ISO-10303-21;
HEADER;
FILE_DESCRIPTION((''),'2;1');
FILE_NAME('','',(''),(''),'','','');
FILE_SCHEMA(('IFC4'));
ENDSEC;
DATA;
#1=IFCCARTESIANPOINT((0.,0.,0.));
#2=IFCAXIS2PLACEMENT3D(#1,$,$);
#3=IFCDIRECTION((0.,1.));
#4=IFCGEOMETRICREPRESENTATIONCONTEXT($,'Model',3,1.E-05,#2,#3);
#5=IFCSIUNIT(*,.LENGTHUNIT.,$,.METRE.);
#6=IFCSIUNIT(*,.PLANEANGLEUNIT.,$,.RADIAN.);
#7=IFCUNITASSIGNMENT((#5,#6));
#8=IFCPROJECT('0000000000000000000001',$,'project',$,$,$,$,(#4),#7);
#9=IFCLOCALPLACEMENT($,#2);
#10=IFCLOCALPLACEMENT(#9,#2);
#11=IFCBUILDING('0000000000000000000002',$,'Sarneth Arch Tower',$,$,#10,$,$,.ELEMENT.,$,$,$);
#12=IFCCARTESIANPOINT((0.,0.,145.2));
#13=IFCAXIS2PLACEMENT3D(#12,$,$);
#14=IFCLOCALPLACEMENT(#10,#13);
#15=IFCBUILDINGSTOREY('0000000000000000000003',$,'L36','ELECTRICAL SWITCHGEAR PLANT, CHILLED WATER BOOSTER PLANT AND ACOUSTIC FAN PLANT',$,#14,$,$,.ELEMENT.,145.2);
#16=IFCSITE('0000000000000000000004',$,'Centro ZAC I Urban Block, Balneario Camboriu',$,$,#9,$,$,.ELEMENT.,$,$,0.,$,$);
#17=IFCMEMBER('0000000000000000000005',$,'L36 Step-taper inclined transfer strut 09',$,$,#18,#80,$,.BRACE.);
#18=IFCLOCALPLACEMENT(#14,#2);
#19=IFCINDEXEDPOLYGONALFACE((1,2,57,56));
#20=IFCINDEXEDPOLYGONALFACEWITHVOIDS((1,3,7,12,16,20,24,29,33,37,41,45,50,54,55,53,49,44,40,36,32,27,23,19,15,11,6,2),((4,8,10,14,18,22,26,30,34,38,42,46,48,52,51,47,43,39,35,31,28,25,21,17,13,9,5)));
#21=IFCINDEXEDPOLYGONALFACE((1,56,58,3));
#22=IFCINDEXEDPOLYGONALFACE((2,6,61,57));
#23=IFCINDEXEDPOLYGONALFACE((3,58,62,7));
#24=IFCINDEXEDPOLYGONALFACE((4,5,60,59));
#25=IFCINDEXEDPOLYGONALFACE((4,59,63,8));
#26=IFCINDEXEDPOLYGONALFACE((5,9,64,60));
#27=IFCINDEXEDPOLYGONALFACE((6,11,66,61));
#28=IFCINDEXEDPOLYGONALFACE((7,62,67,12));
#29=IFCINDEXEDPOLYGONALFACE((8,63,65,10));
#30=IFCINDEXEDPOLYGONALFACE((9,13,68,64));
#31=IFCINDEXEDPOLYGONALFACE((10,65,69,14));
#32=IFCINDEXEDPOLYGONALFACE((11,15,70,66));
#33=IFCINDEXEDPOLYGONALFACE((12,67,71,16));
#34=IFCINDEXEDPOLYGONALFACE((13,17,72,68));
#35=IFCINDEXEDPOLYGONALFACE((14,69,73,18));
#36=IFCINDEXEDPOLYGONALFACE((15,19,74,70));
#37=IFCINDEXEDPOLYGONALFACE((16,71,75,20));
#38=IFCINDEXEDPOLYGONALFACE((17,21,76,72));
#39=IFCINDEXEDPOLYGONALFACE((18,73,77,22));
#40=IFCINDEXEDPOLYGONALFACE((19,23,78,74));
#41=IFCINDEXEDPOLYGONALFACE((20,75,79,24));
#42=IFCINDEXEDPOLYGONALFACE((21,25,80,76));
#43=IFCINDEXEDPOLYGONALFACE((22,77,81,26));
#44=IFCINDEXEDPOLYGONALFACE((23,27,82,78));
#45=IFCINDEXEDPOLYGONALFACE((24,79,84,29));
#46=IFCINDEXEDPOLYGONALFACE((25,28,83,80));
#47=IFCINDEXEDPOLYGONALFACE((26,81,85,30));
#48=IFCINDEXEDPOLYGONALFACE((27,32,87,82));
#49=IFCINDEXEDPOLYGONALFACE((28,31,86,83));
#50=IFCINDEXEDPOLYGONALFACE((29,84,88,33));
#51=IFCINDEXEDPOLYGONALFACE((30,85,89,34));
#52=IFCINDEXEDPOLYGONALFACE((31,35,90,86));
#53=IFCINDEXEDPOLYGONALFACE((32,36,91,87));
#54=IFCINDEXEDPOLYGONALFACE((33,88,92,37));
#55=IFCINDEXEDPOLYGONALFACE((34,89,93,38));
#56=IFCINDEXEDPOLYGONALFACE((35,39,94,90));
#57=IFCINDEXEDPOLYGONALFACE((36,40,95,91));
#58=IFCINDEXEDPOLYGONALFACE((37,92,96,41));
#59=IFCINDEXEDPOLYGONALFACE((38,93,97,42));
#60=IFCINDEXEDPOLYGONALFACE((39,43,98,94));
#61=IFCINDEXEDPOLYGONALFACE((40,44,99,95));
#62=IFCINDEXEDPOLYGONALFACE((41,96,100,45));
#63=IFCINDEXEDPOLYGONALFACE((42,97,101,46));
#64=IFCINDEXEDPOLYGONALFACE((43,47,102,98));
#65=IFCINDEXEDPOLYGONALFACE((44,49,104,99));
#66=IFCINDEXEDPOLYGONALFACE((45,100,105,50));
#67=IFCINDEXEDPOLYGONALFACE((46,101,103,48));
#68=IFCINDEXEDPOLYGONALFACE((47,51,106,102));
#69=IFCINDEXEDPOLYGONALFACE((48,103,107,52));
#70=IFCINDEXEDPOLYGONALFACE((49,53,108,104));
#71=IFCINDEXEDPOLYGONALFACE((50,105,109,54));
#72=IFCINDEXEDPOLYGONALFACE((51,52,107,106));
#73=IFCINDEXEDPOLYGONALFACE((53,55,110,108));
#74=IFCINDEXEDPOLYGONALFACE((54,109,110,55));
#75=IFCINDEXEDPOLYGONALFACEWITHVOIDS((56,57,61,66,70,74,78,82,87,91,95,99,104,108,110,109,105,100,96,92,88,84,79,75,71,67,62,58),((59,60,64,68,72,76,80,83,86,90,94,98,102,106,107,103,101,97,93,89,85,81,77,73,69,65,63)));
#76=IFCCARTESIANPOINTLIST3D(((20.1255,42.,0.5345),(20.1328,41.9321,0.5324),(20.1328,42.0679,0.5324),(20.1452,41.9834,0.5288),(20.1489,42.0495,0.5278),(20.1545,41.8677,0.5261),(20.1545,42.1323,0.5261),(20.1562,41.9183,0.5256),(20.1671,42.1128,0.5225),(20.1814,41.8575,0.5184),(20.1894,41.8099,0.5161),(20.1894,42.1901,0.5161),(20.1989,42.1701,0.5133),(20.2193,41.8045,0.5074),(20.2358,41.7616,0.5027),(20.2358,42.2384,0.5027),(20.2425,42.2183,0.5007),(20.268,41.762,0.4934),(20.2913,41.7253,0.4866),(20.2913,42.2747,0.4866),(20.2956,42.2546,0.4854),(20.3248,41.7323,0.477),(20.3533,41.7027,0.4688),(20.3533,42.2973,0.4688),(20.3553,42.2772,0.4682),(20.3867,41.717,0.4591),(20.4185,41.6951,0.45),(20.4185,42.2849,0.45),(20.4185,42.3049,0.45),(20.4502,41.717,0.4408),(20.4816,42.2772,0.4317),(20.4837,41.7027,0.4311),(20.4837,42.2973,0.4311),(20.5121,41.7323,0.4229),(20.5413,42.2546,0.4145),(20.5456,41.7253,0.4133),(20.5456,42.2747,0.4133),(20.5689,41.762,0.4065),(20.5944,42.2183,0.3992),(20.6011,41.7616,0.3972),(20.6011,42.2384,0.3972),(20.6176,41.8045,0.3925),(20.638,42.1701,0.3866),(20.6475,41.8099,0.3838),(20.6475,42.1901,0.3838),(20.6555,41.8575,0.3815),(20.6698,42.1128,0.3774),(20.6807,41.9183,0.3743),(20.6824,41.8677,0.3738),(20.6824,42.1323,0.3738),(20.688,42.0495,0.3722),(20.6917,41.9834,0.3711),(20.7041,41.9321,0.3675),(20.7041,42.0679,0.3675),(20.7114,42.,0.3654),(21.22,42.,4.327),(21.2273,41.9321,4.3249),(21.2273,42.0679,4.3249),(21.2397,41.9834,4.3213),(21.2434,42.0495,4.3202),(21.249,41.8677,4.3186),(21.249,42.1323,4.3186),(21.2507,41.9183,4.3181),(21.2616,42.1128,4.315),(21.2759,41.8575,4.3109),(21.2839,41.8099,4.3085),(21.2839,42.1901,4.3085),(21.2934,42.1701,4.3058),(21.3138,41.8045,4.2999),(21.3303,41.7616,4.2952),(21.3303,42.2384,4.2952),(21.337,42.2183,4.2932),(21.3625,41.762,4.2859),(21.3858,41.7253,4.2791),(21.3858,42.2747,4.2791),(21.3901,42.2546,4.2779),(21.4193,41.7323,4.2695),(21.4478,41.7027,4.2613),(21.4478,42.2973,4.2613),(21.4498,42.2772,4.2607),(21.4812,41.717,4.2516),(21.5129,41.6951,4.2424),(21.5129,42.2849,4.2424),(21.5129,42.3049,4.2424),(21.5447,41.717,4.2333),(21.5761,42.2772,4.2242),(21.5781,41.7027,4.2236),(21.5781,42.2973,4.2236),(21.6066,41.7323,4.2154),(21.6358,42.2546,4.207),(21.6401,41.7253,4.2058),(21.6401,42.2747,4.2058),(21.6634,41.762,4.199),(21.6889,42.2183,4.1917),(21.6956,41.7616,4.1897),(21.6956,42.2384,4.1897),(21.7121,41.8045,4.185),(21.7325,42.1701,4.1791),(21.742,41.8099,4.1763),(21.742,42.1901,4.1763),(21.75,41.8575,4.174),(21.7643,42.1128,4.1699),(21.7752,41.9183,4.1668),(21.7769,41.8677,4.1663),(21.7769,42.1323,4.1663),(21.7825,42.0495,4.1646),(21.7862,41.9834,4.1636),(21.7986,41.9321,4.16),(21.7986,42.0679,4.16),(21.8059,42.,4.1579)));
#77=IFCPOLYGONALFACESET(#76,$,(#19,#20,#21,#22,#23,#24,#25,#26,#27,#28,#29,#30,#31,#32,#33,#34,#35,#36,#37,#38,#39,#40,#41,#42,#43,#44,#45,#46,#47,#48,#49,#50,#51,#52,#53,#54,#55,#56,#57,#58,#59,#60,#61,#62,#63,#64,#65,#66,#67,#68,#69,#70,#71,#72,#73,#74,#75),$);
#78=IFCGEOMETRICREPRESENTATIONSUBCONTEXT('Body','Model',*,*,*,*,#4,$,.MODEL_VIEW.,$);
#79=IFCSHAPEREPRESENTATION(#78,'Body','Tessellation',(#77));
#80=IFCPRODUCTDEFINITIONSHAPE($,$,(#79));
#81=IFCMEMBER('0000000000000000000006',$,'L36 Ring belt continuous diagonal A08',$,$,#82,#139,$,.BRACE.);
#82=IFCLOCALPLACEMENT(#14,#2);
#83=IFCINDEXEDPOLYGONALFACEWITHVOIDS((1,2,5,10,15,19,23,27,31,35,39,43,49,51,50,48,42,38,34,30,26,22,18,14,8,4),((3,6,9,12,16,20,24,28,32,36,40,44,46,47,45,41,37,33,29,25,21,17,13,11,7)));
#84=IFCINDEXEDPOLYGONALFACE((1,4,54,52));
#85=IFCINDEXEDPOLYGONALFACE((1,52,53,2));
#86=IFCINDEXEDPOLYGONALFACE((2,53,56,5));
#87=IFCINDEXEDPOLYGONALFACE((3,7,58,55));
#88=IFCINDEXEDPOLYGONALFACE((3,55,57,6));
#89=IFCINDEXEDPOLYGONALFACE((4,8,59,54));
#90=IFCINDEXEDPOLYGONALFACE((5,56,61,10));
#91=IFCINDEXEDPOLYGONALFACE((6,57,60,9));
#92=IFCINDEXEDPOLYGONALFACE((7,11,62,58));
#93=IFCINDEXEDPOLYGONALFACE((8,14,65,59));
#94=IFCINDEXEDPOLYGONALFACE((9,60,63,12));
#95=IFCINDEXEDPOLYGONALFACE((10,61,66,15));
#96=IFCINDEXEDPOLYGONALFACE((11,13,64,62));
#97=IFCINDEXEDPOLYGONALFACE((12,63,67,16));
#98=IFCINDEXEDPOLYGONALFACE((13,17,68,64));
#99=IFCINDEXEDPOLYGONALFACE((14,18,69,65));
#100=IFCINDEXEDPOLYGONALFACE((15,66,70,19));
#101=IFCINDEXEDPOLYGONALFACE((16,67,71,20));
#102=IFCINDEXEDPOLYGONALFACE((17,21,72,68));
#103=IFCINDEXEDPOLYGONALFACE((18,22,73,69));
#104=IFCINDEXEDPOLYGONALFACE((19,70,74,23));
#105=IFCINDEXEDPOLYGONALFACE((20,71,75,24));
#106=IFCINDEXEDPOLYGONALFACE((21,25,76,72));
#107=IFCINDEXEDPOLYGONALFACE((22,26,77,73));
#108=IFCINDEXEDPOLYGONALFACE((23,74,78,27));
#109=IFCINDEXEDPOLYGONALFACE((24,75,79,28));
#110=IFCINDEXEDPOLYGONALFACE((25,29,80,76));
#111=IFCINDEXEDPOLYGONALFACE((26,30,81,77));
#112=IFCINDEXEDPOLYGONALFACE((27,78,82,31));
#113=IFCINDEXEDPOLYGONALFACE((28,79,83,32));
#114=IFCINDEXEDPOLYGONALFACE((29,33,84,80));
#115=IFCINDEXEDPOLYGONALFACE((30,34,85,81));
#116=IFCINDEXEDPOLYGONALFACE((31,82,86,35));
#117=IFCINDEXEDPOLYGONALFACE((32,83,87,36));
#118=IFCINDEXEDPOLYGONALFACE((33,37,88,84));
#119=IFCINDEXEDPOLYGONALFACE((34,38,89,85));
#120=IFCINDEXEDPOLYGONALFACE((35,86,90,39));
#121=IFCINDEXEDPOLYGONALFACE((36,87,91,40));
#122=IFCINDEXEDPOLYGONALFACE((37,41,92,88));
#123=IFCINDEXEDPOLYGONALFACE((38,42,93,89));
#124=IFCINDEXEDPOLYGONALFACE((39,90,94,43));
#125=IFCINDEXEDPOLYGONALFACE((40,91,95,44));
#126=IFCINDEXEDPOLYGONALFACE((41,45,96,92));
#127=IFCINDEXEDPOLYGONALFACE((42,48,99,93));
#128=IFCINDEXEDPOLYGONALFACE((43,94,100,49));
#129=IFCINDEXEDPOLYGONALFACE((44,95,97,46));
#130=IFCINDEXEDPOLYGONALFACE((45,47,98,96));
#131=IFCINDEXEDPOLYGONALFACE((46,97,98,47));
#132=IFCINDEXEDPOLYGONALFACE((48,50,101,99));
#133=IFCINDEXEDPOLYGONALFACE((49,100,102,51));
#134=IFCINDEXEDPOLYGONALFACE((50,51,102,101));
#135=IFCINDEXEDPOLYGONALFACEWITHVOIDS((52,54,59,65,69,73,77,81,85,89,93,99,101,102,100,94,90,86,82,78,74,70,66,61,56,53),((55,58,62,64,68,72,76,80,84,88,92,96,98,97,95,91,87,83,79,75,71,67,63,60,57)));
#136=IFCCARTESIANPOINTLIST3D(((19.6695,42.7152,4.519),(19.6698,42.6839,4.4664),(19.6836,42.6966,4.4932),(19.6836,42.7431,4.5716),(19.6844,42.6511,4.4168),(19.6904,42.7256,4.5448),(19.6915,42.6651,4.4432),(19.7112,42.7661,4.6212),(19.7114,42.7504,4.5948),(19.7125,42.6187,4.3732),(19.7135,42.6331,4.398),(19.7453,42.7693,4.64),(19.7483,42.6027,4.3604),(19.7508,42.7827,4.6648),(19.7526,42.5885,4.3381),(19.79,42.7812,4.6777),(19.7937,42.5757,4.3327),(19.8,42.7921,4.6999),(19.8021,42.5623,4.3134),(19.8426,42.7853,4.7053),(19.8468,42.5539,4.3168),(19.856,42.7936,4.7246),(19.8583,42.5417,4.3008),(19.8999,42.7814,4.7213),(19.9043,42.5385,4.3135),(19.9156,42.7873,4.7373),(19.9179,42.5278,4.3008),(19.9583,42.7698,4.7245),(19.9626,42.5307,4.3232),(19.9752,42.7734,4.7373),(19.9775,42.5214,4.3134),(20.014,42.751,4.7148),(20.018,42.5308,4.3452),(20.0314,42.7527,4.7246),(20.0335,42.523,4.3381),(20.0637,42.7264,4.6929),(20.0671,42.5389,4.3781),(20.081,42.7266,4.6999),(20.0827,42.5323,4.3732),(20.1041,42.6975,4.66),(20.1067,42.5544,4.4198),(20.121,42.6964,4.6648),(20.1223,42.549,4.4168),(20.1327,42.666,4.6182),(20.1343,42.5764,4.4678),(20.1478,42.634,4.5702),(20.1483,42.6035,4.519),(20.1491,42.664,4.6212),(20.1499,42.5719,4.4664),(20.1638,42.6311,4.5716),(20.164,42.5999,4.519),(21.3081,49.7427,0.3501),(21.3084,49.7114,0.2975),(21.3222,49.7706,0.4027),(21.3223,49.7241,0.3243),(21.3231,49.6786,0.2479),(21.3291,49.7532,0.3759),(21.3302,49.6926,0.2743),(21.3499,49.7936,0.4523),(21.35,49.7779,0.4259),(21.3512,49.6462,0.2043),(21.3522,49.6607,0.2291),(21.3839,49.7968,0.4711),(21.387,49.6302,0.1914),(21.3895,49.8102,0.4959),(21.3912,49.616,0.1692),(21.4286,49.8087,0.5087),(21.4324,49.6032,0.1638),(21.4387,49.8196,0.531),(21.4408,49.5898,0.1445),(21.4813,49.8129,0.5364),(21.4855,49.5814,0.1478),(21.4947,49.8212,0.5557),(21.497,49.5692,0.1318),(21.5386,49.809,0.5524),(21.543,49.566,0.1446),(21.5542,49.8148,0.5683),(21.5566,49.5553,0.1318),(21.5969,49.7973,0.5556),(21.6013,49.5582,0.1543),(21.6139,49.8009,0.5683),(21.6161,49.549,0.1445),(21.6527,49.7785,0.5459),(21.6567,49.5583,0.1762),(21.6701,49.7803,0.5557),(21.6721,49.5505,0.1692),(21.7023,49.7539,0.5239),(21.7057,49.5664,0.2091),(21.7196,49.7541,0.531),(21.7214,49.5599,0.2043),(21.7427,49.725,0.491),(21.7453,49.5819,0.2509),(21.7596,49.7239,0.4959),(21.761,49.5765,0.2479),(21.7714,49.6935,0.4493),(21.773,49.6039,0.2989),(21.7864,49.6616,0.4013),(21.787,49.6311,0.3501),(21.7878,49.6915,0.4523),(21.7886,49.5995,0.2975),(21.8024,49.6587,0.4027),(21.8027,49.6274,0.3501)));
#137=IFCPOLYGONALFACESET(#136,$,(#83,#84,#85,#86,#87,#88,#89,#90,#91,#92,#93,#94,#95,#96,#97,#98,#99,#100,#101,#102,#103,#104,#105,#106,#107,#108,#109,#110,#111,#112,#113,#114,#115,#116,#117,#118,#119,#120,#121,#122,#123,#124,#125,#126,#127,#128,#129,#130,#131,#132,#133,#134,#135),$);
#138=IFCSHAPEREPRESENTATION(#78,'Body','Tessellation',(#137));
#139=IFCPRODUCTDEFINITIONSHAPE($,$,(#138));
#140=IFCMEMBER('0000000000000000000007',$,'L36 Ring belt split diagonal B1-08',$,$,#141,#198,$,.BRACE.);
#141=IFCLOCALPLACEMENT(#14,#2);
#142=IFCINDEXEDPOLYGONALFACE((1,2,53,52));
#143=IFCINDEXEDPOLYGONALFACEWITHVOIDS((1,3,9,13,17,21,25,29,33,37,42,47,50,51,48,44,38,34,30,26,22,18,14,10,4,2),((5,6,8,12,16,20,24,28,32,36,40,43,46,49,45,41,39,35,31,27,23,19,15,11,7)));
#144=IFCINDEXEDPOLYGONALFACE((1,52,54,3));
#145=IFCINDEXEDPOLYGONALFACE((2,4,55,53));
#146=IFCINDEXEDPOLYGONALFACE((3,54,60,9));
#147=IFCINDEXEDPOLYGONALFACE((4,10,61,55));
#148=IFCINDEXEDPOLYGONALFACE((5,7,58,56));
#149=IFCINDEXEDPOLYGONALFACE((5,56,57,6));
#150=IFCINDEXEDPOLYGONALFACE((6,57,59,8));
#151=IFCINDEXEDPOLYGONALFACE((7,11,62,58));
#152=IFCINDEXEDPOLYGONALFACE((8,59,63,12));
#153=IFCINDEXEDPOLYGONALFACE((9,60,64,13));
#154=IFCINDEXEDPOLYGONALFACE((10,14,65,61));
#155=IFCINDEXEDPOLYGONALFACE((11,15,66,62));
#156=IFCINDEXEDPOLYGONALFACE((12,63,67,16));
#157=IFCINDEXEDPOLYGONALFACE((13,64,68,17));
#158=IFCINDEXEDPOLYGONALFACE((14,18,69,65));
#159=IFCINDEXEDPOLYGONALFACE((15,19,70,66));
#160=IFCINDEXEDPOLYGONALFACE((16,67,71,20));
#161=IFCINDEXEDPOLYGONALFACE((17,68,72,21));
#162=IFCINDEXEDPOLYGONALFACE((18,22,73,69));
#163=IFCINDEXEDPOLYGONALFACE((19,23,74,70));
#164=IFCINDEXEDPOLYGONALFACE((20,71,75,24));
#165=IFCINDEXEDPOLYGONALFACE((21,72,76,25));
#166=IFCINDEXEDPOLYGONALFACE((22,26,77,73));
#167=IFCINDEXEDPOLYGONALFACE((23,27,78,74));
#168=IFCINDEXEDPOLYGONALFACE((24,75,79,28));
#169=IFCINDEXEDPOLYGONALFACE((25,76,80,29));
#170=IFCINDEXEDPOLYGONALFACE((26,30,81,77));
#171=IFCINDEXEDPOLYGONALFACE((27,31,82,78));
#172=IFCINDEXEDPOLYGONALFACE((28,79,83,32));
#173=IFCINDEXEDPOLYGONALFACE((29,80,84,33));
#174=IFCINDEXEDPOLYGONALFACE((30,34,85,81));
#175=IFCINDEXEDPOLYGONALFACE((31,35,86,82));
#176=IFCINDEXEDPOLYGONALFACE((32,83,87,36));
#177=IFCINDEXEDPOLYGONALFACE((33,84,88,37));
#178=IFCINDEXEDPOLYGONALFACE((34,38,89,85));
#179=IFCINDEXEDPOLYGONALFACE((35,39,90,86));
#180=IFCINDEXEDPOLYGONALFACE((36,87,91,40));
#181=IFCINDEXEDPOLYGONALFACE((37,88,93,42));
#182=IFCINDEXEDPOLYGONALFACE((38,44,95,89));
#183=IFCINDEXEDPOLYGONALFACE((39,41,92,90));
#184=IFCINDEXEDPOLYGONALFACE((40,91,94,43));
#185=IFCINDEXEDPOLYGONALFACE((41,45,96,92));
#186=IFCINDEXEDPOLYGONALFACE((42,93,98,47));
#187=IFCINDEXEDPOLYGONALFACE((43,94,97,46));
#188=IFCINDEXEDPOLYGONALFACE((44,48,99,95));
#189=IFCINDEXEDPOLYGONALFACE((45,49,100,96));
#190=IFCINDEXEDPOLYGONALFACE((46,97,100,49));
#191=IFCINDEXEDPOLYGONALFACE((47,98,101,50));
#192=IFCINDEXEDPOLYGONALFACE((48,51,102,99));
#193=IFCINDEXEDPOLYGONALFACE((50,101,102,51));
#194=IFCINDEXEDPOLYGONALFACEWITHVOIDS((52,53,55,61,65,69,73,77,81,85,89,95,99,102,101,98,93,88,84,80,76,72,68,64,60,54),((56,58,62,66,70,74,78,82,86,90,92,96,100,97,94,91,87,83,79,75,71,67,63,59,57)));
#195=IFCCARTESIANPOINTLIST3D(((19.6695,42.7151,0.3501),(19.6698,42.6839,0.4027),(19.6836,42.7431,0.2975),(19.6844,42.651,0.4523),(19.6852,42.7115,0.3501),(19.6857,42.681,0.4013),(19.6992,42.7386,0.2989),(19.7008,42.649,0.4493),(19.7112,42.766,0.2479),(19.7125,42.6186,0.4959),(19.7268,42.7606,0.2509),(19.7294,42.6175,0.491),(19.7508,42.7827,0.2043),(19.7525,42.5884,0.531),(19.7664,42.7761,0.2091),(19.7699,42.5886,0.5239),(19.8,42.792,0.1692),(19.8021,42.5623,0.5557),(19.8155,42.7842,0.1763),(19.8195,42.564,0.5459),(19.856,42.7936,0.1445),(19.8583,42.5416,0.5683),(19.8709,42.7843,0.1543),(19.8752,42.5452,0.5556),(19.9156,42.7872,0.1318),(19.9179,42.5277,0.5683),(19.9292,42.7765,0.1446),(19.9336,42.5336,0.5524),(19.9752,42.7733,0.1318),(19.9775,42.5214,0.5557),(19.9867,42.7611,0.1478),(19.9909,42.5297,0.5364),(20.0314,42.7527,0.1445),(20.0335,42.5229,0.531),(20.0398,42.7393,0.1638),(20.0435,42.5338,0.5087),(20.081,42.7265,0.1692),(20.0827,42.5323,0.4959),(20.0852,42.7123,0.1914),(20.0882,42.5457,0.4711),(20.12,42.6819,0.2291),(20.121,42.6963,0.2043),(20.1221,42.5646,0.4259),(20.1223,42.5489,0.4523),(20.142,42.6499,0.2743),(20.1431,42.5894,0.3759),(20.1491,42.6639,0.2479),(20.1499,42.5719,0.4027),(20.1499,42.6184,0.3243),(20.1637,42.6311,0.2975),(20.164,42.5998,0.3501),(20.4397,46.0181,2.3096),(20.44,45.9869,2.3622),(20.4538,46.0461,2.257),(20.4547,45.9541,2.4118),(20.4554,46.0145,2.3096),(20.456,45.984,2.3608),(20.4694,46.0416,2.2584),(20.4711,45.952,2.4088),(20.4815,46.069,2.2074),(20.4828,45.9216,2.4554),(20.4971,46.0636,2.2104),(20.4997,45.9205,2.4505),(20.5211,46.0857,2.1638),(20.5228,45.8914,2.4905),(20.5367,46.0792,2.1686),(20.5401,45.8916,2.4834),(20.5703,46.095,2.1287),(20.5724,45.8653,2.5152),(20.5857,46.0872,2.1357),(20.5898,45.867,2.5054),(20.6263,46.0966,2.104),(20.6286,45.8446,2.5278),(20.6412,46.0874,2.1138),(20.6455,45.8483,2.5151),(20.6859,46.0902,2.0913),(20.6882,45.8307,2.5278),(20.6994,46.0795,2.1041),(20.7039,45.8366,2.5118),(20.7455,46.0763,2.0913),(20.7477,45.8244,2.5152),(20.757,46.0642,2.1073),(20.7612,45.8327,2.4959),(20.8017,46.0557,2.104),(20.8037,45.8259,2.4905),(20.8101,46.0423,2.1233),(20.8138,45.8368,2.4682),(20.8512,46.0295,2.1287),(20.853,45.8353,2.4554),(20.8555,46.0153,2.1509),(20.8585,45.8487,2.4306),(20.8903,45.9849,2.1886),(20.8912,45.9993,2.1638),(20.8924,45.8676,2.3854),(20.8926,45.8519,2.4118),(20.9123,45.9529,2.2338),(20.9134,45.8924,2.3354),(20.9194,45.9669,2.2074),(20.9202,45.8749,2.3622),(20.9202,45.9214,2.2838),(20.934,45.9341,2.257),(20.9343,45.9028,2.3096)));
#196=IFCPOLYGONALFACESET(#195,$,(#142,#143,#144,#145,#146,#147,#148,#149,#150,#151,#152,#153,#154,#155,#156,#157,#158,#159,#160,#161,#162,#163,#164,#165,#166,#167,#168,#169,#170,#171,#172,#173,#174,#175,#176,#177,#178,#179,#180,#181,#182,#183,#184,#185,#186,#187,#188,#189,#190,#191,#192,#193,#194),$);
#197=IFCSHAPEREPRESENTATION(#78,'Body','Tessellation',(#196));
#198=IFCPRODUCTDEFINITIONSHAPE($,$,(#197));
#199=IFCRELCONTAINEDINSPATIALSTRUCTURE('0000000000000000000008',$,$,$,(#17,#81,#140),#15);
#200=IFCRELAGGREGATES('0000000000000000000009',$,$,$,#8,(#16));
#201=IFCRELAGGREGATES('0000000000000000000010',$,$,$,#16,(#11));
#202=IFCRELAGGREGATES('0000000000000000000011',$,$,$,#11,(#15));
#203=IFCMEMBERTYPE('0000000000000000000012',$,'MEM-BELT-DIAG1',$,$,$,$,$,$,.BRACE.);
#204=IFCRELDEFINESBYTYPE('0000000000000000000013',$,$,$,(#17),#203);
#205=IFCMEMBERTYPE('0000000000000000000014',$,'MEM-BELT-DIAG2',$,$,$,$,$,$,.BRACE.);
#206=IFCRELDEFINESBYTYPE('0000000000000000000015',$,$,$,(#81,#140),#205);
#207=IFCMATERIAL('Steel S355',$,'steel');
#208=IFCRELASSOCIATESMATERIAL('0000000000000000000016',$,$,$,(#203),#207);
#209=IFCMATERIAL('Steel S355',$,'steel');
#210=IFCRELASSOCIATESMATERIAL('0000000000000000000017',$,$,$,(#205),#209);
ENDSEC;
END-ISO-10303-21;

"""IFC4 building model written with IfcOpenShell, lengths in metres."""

from ifc_helpers import new_model, si_unit, direction, frame, origin, origin_2d, place, context, subcontext, project, spatial, hollow_circle, extrude, material, material_profile, profile_set, type_object, element, save


model = new_model("IFC4")

# Units and contexts
model_context = context("Model", 3, precision=1e-05, world=origin(), true_north=direction((0.0, 1.0)))
body_context = subcontext(model_context, "Body", "Model", "MODEL_VIEW")
ifc_project = project(units=[si_unit("LENGTHUNIT", "METRE"), si_unit("PLANEANGLEUNIT", "RADIAN")], contexts=[model_context])

# Site, building, storey
site_placement = place(None, origin())
site = spatial("IfcSite", under=ifc_project, at=site_placement, Name="Centro ZAC I Urban Block, Balneario Camboriu", CompositionType="ELEMENT", RefElevation=0.0)
building_placement = place(site_placement, origin())
building = spatial("IfcBuilding", under=site, at=building_placement, Name="Sarneth Arch Tower", CompositionType="ELEMENT")
storey_placement = place(building_placement, frame((0.0, 0.0, 145.2)))
storey = spatial("IfcBuildingStorey", under=building, at=storey_placement, Name="L36", Description="ELECTRICAL SWITCHGEAR PLANT, CHILLED WATER BOOSTER PLANT AND ACOUSTIC FAN PLANT", CompositionType="ELEMENT", Elevation=145.2)

# Members
ifc_material_1 = material(Name="Steel S355", Category="steel")
ifc_material_profile_1 = material_profile(ifc_material_1, hollow_circle(Radius=0.3049, WallThickness=0.02, at=origin_2d()), Name="CHS610x20")
ifc_profile_set_1 = profile_set([ifc_material_profile_1], Name="Steel S355")
member_type_1 = type_object("IfcMemberType", Name="MEM-BELT-DIAG1", PredefinedType="BRACE", material=ifc_profile_set_1)
member_1_placement = place(storey_placement, frame((20.4185, 42.0, 0.45), z_axis=(0.277277, 0.0, 0.96079), x_axis=(0.0, 1.0, 0.0)))
element("IfcMember", 1, at=member_1_placement, inside=storey, type_object=member_type_1, Name="L36 Step-taper inclined transfer strut 09", PredefinedType="BRACE", context=body_context, shape_type="SweptSolid", body=[
    extrude(hollow_circle(Radius=0.3049, WallThickness=0.02, at=origin_2d()), origin(), (0.0, 0.0, 1.0), 3.9473),
])
ifc_material_2 = material(Name="Steel S355", Category="steel")
ifc_material_profile_2 = material_profile(ifc_material_2, hollow_circle(Radius=0.2539, WallThickness=0.0161, at=origin_2d()), Name="CHS508x16")
ifc_profile_set_2 = profile_set([ifc_material_profile_2], Name="Steel S355")
member_type_2 = type_object("IfcMemberType", Name="MEM-BELT-DIAG2", PredefinedType="BRACE", material=ifc_profile_set_2)
member_2_placement = place(storey_placement, frame((21.5554, 49.6851, 0.3501), z_axis=(-0.196629, -0.843263, 0.500245), x_axis=(0.973875, -0.227085, 0.0)))
element("IfcMember", 2, at=member_2_placement, inside=storey, type_object=member_type_2, Name="L36 Ring belt continuous diagonal A08", PredefinedType="BRACE", context=body_context, shape_type="SweptSolid", body=[
    extrude(hollow_circle(Radius=0.2539, WallThickness=0.0161, at=origin_2d()), origin(), (0.0, 0.0, 1.0), 8.3337),
])
for number, where, z_axis, x_axis, name in (
    (3, (19.9167, 42.6575, 0.3501), (0.196649, 0.843252, 0.500255), (-0.973869, 0.227109, 0.0), "L36 Ring belt split diagonal B1-08"),
):
    element("IfcMember", number, at=place(storey_placement, frame(where, z_axis=z_axis, x_axis=x_axis)), inside=storey, type_object=member_type_2, Name=name, PredefinedType="BRACE", context=body_context, shape_type="SweptSolid", body=[
        extrude(hollow_circle(Radius=0.2539, WallThickness=0.0161, at=origin_2d()), origin(), (0.0, 0.0, 1.0), 3.917),
    ])

save(model, "model.ifc")
